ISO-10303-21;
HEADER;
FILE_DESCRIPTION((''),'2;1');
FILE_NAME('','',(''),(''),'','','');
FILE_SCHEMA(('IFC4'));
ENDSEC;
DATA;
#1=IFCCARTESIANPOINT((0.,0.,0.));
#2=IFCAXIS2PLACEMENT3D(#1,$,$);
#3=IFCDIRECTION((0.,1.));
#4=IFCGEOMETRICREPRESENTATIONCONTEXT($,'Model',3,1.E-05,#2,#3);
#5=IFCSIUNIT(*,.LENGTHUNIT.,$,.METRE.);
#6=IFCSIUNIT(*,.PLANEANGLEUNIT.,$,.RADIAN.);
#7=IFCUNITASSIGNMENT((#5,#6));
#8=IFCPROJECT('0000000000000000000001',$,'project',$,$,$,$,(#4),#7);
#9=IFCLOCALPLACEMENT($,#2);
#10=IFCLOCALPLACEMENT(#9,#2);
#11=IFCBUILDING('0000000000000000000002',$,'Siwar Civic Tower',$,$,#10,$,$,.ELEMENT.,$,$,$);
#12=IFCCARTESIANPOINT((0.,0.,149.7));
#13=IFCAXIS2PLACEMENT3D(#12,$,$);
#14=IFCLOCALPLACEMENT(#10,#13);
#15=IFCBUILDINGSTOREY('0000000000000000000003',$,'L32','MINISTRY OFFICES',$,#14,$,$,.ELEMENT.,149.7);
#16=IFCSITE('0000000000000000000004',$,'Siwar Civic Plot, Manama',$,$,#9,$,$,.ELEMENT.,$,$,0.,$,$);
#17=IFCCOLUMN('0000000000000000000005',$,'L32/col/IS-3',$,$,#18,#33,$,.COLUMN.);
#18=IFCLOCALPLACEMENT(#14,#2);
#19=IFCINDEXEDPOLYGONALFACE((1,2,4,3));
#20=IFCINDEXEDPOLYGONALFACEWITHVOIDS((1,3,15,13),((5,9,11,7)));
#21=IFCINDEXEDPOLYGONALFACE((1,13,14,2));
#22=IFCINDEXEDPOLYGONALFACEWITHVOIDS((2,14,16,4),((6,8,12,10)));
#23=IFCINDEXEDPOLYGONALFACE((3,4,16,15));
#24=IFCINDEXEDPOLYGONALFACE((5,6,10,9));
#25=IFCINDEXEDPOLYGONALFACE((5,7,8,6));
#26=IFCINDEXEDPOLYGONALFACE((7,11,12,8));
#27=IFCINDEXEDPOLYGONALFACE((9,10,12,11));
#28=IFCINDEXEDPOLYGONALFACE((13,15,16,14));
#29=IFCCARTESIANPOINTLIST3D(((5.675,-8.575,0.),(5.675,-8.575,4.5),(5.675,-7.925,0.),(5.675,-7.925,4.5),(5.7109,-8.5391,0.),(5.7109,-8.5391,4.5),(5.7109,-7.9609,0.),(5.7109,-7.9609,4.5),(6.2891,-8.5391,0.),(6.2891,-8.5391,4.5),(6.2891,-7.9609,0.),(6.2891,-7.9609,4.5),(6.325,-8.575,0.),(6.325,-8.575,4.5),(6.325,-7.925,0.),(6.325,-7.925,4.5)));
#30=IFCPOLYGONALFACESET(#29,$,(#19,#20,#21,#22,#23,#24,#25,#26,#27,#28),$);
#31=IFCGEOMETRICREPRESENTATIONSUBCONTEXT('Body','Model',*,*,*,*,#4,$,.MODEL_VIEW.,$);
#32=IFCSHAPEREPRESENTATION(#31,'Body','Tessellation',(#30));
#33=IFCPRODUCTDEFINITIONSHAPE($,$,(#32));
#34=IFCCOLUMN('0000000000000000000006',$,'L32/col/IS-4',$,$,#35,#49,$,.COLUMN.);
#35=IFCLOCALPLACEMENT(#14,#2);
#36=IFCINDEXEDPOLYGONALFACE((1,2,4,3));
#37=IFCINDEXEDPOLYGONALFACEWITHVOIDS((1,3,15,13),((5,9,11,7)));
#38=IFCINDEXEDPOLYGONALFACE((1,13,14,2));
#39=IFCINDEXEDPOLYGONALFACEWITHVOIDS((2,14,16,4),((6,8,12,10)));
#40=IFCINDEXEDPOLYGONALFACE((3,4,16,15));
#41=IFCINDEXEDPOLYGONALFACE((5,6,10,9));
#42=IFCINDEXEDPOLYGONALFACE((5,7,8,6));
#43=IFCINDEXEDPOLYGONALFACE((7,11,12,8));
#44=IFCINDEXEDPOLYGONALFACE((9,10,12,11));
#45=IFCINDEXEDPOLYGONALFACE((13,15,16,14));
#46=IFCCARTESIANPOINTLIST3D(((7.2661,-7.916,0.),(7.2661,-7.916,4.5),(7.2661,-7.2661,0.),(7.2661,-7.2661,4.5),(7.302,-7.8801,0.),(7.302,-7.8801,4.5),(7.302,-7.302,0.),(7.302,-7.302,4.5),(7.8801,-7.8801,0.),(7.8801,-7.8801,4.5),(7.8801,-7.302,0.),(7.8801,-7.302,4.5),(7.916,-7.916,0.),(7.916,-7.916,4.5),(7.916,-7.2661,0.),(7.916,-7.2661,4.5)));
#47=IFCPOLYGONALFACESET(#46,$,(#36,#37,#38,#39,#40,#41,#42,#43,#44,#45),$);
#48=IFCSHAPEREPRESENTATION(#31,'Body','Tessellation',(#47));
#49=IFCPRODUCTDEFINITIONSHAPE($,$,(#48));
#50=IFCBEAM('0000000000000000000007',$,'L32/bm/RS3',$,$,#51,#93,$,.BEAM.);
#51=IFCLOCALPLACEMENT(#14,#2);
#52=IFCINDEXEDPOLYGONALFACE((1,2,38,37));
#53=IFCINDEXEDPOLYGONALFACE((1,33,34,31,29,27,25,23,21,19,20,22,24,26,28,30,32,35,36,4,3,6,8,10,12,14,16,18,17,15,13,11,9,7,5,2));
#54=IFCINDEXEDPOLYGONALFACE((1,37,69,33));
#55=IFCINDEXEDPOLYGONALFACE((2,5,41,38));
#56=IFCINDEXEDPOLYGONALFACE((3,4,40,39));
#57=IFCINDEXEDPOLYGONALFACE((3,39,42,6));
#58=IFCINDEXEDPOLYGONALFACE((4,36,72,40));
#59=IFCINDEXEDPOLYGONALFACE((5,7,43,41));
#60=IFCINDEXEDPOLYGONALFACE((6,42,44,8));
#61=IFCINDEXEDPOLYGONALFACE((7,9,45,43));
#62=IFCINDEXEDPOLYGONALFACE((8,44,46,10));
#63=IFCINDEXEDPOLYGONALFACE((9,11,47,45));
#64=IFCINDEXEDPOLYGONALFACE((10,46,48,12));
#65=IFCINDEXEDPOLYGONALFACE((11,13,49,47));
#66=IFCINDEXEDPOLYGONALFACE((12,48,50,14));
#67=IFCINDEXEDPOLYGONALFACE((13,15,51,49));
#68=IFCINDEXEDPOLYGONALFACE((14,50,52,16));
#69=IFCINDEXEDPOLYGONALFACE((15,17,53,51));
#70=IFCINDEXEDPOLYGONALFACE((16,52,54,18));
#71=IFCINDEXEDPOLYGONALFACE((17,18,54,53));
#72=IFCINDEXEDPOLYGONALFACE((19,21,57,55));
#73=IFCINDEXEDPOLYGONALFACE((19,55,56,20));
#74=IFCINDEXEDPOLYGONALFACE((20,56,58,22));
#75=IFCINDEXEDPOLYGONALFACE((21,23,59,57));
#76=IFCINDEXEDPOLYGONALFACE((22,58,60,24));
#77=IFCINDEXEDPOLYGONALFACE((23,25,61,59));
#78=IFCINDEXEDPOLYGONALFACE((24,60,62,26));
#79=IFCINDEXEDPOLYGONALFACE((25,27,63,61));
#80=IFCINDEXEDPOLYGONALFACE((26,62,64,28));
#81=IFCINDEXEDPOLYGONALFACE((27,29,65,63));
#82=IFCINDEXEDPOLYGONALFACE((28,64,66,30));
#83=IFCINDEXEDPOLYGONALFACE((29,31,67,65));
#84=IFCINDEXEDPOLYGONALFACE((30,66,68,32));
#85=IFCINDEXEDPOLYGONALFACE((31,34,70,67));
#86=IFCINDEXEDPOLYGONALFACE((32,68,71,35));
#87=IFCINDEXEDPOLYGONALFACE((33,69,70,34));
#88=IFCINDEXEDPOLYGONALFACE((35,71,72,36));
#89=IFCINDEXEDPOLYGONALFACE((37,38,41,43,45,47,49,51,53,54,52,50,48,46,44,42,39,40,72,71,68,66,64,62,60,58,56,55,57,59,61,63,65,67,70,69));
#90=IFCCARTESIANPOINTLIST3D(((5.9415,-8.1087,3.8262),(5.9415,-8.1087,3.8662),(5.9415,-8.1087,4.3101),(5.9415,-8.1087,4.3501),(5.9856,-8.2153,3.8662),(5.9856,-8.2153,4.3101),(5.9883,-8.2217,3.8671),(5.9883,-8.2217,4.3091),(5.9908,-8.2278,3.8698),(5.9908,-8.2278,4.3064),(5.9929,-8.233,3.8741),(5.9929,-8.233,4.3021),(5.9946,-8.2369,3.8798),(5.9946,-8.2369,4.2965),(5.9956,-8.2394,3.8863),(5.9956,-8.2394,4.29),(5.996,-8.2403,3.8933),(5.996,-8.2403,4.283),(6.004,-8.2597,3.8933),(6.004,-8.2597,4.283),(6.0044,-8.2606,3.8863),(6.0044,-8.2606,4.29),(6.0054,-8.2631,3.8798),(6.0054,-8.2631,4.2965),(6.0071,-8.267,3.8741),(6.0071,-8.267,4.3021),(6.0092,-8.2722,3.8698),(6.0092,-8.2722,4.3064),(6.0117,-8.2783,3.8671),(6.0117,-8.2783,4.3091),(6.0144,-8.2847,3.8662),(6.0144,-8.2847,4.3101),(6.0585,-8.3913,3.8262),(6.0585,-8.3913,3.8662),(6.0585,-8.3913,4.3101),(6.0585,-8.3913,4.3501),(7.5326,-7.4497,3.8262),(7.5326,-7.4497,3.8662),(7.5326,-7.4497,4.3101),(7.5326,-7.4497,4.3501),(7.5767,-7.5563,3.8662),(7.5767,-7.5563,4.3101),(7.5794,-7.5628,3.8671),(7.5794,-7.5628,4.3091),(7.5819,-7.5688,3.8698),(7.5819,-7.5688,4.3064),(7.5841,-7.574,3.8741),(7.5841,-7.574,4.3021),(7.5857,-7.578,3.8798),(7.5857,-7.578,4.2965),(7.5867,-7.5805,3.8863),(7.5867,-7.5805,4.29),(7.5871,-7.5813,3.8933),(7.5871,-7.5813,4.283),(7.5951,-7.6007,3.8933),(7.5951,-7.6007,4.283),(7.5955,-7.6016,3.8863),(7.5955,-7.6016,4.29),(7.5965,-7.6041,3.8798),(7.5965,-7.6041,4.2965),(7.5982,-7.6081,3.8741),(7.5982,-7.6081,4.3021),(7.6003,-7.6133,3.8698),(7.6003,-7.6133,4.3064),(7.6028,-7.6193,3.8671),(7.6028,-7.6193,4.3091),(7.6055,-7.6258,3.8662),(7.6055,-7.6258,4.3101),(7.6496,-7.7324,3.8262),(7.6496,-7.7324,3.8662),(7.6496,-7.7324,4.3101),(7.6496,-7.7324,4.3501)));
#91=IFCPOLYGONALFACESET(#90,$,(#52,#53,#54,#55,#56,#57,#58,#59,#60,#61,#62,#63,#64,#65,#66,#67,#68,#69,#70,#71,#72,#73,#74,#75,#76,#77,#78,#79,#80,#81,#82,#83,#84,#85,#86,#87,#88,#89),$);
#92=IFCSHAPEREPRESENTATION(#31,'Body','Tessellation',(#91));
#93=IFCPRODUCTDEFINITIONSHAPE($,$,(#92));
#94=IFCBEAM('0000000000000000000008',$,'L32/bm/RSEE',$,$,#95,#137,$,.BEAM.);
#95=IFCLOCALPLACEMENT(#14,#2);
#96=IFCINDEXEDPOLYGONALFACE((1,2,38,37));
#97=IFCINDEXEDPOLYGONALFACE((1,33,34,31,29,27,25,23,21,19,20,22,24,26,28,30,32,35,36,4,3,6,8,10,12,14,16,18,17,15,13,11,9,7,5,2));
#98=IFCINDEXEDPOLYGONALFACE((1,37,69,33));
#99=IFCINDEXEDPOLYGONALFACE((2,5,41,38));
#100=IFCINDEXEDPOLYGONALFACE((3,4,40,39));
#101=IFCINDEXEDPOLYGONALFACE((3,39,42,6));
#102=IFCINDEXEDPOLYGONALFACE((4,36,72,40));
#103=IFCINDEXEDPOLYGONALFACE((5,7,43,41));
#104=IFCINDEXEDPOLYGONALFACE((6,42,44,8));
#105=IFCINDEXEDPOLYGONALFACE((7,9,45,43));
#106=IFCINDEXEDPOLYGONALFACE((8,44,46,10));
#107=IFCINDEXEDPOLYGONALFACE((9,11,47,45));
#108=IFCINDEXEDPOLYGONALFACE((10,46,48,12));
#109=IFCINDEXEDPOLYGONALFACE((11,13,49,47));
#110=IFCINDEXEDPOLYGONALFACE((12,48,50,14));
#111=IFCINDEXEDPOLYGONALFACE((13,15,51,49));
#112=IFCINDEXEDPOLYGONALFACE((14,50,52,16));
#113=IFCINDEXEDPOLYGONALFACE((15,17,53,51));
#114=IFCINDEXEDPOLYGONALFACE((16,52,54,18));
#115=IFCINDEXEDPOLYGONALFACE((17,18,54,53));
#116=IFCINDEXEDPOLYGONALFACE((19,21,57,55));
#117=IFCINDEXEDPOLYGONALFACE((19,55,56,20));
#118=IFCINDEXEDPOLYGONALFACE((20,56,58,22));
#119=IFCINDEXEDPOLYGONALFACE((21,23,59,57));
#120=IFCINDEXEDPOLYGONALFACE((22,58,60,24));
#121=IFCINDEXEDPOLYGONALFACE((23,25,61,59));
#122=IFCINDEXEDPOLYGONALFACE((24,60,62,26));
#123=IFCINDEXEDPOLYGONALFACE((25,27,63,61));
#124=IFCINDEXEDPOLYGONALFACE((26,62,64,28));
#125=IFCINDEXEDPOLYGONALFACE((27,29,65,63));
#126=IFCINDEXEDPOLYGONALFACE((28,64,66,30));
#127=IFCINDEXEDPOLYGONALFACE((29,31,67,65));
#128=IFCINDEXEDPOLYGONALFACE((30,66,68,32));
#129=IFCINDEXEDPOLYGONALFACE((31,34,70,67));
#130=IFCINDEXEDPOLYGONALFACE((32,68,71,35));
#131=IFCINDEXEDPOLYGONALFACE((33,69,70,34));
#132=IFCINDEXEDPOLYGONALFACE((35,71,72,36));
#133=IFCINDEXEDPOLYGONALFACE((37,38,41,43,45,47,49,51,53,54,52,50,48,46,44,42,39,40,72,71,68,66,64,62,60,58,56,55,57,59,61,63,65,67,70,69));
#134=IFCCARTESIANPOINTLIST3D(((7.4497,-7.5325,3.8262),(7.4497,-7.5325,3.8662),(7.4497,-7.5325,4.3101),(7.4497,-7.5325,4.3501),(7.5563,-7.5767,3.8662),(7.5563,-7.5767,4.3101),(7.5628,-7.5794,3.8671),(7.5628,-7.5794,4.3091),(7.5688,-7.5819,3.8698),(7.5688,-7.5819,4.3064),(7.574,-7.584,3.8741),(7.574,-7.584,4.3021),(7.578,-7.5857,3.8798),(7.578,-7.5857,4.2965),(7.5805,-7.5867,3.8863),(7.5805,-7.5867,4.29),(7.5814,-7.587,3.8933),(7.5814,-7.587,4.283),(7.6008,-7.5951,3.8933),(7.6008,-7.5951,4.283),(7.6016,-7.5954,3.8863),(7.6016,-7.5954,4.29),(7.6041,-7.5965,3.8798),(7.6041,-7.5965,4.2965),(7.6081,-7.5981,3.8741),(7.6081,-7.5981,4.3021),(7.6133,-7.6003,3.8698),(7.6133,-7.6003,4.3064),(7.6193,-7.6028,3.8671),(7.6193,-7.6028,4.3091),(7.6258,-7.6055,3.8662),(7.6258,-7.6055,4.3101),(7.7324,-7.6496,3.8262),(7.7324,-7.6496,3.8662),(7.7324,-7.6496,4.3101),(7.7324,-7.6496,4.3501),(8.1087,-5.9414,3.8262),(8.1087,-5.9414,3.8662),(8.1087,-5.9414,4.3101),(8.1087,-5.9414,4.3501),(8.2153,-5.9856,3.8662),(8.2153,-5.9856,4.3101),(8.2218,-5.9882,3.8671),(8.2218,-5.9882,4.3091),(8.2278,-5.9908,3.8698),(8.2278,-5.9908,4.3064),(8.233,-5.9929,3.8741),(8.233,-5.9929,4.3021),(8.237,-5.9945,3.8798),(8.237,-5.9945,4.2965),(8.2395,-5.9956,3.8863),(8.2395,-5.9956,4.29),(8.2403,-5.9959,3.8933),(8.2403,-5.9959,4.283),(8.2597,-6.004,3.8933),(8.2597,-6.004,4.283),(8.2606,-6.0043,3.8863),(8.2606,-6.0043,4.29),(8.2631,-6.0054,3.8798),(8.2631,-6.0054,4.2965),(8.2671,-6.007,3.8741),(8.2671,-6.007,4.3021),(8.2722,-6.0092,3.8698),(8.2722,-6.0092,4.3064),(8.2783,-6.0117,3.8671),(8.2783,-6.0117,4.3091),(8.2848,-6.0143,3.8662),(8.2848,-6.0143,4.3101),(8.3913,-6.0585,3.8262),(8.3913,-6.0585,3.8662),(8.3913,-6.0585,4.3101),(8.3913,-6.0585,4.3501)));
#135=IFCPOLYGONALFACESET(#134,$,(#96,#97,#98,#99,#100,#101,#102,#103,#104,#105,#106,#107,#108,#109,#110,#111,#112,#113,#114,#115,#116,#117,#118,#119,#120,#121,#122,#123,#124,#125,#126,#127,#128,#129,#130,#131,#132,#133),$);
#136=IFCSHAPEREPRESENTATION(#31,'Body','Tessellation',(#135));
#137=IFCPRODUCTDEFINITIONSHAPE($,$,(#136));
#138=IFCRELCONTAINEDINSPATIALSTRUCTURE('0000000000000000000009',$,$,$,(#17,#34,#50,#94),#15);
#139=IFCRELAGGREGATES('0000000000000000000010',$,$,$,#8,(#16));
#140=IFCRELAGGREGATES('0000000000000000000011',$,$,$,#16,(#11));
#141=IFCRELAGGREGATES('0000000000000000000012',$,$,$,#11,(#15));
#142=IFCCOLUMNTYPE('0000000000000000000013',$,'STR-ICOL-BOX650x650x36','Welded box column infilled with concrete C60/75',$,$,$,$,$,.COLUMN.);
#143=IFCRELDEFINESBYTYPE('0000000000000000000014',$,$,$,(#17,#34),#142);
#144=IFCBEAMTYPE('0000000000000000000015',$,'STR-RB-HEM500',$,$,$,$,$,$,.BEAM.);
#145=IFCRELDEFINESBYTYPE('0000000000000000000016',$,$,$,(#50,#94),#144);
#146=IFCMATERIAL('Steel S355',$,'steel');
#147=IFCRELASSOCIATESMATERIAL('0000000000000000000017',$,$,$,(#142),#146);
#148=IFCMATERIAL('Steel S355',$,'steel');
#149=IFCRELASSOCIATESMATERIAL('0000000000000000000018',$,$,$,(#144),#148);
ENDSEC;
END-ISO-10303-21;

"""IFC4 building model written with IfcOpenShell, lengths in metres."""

from ifc_helpers import new_model, si_unit, direction, frame, origin, origin_2d, place, context, subcontext, project, spatial, hollow_rectangle, i_section, extrude, material, material_profile, profile_set, type_object, element, save


model = new_model("IFC4")

# Units and contexts
model_context = context("Model", 3, precision=1e-05, world=origin(), true_north=direction((0.0, 1.0)))
body_context = subcontext(model_context, "Body", "Model", "MODEL_VIEW")
ifc_project = project(units=[si_unit("LENGTHUNIT", "METRE"), si_unit("PLANEANGLEUNIT", "RADIAN")], contexts=[model_context])

# Site, building, storey
site_placement = place(None, origin())
site = spatial("IfcSite", under=ifc_project, at=site_placement, Name="Siwar Civic Plot, Manama", CompositionType="ELEMENT", RefElevation=0.0)
building_placement = place(site_placement, origin())
building = spatial("IfcBuilding", under=site, at=building_placement, Name="Siwar Civic Tower", CompositionType="ELEMENT")
storey_placement = place(building_placement, frame((0.0, 0.0, 149.7)))
storey = spatial("IfcBuildingStorey", under=building, at=storey_placement, Name="L32", Description="MINISTRY OFFICES", CompositionType="ELEMENT", Elevation=149.7)

# Columns
ifc_material_1 = material(Name="Steel S355", Category="steel")
ifc_material_profile_1 = material_profile(ifc_material_1, hollow_rectangle(XDim=0.6499, YDim=0.6499, WallThickness=0.0359, at=origin_2d()), Name="BOX650x650x36")
ifc_profile_set_1 = profile_set([ifc_material_profile_1], Name="Steel S355")
column_type = type_object("IfcColumnType", Name="STR-ICOL-BOX650x650x36", Description="Welded box column infilled with concrete C60/75", PredefinedType="COLUMN", material=ifc_profile_set_1)
for number, where, z_axis, x_axis, name in (
    (1, (6.0, -8.25, 0.0), (0.0, 0.0, 1.0), (1.0, 0.0, 0.0), "L32/col/IS-3"),
    (2, (7.5911, -7.5911, 0.0), (0.0, 0.0, 1.0), (1.0, 0.0, 0.0), "L32/col/IS-4"),
):
    element("IfcColumn", number, at=place(storey_placement, frame(where, z_axis=z_axis, x_axis=x_axis)), inside=storey, type_object=column_type, Name=name, PredefinedType="COLUMN", context=body_context, shape_type="SweptSolid", body=[
        extrude(hollow_rectangle(XDim=0.6499, YDim=0.6499, WallThickness=0.0359, at=origin_2d()), origin(), (0.0, 0.0, 1.0), 4.5),
    ])

# Beams
ifc_material_2 = material(Name="Steel S355", Category="steel")
ifc_material_profile_2 = material_profile(ifc_material_2, i_section(OverallWidth=0.3059, OverallDepth=0.5239, WebThickness=0.021, FlangeThickness=0.04, FilletRadius=0.0271, at=origin_2d()), Name="HEM500")
ifc_profile_set_2 = profile_set([ifc_material_profile_2], Name="Steel S355")
beam_type = type_object("IfcBeamType", Name="STR-RB-HEM500", PredefinedType="BEAM", material=ifc_profile_set_2)
for number, where, z_axis, x_axis, name in (
    (3, (6.0, -8.25, 4.0881), (0.923901, 0.382631, 0.0), (-0.382631, 0.923901, 0.0), "L32/bm/RS3"),
    (4, (7.5911, -7.5911, 4.0881), (0.382631, 0.923901, 0.0), (-0.923901, 0.382631, 0.0), "L32/bm/RSEE"),
):
    element("IfcBeam", number, at=place(storey_placement, frame(where, z_axis=z_axis, x_axis=x_axis)), inside=storey, type_object=beam_type, Name=name, PredefinedType="BEAM", context=body_context, shape_type="SweptSolid", body=[
        extrude(i_section(OverallWidth=0.3059, OverallDepth=0.5239, WebThickness=0.021, FlangeThickness=0.04, FilletRadius=0.0271, at=origin_2d()), origin(), (0.0, 0.0, 1.0), 1.7222),
    ])

save(model, "model.ifc")
